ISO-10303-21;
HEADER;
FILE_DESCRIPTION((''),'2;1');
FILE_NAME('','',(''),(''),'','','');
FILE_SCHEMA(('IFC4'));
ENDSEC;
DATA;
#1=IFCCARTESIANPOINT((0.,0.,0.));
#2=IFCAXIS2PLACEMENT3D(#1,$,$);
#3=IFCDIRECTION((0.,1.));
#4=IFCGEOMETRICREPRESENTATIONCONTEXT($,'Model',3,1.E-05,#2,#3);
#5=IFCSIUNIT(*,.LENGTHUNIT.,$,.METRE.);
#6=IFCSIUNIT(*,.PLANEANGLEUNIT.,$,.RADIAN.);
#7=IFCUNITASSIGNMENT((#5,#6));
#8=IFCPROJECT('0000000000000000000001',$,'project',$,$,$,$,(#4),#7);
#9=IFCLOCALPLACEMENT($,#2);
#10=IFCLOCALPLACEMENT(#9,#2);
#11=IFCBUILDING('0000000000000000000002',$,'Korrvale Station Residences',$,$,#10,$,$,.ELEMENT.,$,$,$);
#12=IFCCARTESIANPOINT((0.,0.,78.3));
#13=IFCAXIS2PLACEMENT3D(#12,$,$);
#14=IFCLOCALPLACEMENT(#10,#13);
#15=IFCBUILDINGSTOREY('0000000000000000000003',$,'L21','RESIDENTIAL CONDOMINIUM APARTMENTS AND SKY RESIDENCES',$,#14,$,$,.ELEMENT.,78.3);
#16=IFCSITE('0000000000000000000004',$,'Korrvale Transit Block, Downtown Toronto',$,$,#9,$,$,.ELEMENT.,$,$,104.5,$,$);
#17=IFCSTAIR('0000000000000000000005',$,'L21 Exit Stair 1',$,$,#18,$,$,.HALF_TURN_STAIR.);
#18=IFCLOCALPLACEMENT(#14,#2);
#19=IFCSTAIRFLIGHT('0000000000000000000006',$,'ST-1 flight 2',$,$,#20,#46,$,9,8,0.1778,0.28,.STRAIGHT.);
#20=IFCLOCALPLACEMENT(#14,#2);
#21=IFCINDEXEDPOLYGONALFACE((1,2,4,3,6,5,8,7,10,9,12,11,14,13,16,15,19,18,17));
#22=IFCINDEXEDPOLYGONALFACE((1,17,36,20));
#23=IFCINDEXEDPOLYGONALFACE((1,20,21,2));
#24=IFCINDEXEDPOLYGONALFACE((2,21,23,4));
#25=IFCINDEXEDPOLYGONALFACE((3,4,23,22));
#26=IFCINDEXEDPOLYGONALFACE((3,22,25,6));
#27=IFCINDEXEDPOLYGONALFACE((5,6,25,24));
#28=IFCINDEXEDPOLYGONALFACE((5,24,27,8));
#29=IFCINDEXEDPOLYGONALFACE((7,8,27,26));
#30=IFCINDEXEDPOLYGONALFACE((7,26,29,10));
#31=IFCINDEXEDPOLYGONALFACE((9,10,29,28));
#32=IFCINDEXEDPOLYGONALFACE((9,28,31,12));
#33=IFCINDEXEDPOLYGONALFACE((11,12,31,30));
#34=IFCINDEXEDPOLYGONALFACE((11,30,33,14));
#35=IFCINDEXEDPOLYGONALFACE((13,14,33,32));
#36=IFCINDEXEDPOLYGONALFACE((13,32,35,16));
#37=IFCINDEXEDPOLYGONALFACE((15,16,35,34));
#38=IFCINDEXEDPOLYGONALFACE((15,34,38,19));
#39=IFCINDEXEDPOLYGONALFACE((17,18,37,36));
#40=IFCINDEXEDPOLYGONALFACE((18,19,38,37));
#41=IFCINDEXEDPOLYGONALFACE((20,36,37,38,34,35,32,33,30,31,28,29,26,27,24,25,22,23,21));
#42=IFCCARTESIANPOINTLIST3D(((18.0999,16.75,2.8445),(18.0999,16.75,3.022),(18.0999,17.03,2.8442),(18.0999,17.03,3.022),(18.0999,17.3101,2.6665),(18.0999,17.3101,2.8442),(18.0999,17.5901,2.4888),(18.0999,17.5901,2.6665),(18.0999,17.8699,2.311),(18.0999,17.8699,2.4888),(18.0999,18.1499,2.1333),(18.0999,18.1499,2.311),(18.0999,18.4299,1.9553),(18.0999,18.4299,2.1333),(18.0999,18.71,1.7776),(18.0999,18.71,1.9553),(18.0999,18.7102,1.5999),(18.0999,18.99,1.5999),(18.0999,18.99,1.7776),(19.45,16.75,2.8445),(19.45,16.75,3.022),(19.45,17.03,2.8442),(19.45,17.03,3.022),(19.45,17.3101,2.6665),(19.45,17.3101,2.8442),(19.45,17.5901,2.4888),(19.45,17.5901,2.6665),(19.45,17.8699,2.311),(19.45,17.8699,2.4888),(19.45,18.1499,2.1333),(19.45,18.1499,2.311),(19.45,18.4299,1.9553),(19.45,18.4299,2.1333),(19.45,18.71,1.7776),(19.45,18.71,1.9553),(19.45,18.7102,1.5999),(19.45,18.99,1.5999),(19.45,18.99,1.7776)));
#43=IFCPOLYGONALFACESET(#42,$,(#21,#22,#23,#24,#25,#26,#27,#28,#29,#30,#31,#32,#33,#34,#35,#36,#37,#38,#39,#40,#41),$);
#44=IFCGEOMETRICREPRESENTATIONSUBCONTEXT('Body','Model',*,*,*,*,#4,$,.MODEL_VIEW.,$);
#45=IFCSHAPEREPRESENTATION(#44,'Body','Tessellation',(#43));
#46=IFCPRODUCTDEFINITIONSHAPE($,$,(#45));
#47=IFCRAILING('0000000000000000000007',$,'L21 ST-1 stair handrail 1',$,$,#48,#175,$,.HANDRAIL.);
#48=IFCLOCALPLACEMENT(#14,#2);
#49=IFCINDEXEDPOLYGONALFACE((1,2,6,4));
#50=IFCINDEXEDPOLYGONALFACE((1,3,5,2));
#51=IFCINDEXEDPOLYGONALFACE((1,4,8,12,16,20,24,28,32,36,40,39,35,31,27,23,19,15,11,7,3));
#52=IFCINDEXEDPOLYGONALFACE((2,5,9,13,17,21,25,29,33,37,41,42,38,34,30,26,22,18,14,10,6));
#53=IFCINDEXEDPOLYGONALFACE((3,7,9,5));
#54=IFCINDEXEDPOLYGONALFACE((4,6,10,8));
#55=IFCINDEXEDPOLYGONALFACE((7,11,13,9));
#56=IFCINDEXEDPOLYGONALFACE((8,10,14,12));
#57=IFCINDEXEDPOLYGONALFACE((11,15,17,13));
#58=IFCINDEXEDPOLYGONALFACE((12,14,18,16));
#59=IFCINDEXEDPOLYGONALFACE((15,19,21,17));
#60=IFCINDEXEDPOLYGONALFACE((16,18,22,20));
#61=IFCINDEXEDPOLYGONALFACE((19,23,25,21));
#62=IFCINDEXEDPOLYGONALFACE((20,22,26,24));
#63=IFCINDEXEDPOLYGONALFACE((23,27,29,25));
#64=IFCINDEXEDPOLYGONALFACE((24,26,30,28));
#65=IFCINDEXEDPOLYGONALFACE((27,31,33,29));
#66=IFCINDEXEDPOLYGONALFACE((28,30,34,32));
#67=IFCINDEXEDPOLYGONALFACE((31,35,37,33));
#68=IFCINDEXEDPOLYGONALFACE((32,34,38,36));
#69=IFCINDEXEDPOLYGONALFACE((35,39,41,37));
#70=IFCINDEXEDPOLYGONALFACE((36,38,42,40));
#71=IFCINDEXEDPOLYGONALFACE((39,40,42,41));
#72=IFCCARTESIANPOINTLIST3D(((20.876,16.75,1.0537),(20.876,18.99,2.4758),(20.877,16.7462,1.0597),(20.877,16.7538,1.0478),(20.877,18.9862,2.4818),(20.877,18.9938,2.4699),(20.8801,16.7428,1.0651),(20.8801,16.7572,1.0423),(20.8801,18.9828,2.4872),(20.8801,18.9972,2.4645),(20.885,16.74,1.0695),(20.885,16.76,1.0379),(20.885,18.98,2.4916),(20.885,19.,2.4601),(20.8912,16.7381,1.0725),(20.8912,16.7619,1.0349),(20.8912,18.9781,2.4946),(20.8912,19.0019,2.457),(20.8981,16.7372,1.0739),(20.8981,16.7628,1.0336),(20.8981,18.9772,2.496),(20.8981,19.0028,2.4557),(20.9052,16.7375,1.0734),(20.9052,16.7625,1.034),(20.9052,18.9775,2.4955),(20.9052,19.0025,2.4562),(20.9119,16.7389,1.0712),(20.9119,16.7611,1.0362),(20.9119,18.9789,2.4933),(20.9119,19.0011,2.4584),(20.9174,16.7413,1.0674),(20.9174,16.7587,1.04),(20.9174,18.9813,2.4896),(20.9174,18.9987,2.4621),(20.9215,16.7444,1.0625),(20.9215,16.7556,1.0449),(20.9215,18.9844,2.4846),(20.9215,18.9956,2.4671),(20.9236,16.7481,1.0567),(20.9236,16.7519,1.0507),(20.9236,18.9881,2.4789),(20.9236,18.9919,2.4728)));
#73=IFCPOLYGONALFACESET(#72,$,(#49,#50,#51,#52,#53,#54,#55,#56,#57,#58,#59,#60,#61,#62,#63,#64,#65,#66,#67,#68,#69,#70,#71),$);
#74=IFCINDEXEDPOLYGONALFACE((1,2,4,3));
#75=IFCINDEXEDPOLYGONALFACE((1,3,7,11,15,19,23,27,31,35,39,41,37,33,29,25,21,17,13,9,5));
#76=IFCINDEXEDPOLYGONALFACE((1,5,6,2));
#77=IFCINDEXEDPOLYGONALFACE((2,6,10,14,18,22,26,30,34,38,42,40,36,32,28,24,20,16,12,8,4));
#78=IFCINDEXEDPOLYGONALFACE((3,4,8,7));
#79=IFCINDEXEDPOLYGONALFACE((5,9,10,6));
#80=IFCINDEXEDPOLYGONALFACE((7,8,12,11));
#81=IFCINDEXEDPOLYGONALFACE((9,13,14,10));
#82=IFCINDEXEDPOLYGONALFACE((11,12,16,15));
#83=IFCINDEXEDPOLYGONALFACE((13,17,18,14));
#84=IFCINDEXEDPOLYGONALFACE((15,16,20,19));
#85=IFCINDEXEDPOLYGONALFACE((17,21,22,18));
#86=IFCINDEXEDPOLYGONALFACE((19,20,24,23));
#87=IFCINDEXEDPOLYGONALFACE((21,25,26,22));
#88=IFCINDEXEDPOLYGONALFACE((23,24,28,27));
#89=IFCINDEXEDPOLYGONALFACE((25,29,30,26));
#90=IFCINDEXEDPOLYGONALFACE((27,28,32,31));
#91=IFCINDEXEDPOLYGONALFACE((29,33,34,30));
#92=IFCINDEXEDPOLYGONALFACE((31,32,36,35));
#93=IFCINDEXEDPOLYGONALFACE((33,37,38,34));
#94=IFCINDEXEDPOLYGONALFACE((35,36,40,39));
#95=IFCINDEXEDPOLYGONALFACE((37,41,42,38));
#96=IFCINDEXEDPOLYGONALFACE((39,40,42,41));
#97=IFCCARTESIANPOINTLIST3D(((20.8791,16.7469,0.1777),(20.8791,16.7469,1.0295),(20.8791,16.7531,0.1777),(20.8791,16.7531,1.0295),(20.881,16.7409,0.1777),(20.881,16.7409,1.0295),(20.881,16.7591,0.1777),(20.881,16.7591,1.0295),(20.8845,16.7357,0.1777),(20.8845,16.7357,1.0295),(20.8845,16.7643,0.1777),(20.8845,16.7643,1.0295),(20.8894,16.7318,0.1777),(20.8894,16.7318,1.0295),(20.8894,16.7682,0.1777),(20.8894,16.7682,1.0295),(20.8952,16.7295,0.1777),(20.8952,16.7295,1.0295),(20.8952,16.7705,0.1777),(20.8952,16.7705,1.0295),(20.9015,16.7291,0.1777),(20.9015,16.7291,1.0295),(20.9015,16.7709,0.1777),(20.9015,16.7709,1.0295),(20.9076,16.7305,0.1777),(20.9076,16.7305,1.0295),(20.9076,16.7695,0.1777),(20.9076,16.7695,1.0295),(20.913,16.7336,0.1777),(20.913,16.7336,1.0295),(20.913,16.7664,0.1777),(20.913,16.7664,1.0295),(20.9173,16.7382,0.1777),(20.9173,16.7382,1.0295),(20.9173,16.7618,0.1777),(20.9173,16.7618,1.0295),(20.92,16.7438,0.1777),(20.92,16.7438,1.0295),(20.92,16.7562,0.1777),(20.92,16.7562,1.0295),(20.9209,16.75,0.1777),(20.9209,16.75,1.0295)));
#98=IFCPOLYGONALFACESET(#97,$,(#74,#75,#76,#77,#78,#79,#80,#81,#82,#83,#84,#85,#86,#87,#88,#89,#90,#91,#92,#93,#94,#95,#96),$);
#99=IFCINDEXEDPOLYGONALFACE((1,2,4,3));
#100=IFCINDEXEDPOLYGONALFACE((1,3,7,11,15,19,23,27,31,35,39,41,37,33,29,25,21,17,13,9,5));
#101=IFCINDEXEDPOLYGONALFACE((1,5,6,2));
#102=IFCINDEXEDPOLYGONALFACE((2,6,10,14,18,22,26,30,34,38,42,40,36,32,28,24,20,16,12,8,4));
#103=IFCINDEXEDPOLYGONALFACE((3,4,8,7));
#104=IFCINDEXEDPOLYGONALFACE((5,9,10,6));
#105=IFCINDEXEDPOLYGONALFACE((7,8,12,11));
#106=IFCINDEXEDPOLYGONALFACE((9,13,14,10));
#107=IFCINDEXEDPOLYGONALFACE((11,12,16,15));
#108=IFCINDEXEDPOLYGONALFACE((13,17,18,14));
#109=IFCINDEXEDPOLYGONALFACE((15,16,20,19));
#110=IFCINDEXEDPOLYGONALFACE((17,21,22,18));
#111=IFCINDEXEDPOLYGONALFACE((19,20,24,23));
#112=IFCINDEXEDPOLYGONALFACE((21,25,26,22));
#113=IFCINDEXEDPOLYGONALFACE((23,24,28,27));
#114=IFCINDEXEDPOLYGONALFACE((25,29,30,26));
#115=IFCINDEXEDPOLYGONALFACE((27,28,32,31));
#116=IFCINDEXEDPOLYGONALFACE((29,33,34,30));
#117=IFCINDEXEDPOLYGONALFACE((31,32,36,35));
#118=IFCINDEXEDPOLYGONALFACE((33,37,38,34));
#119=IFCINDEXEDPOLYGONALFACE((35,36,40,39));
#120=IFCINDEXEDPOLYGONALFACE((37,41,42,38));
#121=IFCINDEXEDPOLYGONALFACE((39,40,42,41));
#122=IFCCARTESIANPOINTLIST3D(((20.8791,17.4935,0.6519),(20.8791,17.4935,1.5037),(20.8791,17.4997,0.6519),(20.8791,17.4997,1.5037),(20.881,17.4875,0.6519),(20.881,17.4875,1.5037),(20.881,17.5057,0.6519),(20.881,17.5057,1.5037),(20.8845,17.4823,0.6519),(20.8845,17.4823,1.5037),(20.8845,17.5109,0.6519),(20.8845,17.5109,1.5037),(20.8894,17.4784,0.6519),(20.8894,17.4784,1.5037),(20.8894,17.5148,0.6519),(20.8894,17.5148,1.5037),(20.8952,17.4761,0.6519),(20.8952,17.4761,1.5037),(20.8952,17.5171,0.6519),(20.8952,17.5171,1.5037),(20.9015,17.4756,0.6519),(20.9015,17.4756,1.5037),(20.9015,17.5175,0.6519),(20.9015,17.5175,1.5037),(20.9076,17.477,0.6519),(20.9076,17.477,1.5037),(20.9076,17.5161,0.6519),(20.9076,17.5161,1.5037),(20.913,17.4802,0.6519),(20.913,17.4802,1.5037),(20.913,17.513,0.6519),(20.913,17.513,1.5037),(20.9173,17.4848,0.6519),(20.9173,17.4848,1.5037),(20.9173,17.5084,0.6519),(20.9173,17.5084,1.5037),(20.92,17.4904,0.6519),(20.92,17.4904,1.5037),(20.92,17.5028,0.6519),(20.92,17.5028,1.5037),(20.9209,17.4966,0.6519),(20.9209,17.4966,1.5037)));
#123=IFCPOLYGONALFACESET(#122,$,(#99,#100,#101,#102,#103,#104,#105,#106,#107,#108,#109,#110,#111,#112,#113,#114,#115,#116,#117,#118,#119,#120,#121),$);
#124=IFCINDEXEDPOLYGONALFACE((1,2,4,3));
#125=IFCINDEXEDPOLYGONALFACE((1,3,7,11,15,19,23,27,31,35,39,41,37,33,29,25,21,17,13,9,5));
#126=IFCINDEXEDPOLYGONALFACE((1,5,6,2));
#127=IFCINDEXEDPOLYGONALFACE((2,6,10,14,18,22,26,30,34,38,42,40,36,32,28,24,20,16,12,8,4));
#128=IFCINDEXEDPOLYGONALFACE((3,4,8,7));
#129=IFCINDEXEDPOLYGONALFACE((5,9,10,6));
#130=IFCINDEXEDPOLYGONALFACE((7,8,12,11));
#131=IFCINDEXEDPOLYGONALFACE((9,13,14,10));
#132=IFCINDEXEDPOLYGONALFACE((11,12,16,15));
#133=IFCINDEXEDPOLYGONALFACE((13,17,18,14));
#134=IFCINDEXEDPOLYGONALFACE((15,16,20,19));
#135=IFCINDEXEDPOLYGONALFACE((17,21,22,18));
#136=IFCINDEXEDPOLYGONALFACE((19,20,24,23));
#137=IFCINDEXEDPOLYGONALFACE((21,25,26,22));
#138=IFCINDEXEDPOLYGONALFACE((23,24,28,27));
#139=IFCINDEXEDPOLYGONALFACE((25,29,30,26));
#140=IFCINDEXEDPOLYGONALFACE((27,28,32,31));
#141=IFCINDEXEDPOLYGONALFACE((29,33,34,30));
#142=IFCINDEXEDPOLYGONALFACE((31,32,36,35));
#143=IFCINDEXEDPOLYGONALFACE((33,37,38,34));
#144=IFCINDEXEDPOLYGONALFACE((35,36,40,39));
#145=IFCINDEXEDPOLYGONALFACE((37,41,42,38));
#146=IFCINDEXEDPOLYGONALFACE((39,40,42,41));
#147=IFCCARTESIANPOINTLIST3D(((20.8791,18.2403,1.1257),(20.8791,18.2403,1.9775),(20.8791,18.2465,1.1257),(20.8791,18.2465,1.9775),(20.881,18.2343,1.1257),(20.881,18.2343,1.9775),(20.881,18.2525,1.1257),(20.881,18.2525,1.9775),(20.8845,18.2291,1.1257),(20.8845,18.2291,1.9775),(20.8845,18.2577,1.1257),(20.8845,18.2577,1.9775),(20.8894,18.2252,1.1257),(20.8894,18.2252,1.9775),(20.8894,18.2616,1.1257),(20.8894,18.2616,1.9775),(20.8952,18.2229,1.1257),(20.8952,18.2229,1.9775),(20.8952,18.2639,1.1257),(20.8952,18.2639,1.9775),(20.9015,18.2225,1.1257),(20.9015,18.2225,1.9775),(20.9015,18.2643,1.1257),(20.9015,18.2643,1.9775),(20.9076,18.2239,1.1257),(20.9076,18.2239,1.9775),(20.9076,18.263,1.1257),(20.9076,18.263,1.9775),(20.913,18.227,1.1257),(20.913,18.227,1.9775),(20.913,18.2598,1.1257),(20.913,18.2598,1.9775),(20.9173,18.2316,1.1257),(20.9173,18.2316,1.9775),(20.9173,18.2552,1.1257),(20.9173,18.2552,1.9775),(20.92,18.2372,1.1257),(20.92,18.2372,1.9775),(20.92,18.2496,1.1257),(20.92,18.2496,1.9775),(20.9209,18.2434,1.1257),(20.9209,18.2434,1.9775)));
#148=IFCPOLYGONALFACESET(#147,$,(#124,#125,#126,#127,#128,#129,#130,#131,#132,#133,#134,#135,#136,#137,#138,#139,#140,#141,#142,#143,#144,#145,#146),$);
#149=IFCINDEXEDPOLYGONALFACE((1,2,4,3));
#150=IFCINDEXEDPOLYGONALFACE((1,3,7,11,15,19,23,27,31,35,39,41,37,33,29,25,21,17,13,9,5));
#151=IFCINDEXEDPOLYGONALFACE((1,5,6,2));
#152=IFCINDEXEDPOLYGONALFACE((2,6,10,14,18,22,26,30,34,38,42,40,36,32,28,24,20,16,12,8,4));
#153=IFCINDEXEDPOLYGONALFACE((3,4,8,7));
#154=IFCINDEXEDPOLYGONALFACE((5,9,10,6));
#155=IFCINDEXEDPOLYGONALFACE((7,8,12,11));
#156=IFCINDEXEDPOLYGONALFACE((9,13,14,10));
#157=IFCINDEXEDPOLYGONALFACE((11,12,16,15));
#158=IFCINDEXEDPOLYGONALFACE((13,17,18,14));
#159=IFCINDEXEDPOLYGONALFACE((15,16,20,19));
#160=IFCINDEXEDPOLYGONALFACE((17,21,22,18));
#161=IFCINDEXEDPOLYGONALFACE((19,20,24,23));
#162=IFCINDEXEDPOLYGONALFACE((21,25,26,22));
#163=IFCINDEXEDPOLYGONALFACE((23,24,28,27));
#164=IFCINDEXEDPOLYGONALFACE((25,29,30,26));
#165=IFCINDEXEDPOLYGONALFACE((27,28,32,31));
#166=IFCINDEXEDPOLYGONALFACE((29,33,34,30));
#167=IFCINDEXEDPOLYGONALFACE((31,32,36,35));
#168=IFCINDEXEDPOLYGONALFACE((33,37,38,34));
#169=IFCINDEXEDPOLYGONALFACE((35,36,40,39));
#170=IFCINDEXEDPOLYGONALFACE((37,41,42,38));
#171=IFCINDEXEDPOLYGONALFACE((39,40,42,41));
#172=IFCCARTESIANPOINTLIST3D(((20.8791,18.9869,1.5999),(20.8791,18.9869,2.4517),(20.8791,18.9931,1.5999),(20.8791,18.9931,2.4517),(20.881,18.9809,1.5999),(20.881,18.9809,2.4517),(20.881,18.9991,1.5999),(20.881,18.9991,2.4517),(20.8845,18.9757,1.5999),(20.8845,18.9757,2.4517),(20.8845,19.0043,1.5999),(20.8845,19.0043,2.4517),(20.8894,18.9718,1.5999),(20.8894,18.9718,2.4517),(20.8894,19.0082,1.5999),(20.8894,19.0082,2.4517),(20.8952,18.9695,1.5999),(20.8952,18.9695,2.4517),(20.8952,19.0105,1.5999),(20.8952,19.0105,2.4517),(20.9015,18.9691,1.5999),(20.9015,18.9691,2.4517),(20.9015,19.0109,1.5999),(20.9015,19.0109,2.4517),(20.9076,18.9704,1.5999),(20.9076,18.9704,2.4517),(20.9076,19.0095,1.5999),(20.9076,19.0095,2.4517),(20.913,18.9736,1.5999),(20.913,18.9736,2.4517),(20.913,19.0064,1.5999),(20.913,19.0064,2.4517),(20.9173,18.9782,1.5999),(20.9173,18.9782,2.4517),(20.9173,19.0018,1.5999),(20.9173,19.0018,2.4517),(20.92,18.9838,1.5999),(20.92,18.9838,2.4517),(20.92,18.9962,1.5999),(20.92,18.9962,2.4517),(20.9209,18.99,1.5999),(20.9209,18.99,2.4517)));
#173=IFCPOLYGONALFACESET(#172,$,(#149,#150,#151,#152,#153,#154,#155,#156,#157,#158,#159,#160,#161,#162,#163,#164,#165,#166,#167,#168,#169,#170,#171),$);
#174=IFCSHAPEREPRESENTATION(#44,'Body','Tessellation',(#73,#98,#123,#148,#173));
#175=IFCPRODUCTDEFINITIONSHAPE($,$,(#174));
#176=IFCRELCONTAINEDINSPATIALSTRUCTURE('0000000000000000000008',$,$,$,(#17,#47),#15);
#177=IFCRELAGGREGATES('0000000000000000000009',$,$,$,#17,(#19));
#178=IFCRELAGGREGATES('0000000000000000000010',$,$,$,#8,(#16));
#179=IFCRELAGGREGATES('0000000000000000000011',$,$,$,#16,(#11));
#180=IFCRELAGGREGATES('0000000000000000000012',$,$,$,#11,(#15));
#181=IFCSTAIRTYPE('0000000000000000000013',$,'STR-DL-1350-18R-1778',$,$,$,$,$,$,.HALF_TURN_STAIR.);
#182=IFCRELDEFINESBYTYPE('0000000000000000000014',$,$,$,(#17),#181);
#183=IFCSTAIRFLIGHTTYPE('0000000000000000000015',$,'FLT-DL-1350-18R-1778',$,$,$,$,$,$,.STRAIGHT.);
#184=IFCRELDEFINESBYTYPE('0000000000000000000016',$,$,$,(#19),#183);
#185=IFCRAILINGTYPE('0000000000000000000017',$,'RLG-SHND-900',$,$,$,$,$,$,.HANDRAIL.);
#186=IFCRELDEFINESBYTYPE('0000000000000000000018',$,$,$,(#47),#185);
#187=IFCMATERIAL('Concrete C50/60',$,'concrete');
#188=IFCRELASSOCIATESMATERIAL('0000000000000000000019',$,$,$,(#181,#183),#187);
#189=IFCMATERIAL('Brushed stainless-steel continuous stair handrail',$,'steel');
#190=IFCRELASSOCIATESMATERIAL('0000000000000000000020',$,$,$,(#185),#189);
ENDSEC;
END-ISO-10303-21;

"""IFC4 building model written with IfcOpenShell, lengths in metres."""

from ifc_helpers import new_model, si_unit, direction, frame, origin, origin_2d, place, context, subcontext, project, spatial, polyline, circle, outline, extrude, material, type_object, element, aggregate, save


model = new_model("IFC4")

# Units and contexts
model_context = context("Model", 3, precision=1e-05, world=origin(), true_north=direction((0.0, 1.0)))
body_context = subcontext(model_context, "Body", "Model", "MODEL_VIEW")
ifc_project = project(units=[si_unit("LENGTHUNIT", "METRE"), si_unit("PLANEANGLEUNIT", "RADIAN")], contexts=[model_context])

# Site, building, storey
site_placement = place(None, origin())
site = spatial("IfcSite", under=ifc_project, at=site_placement, Name="Korrvale Transit Block, Downtown Toronto", CompositionType="ELEMENT", RefElevation=104.5)
building_placement = place(site_placement, origin())
building = spatial("IfcBuilding", under=site, at=building_placement, Name="Korrvale Station Residences", CompositionType="ELEMENT")
storey_placement = place(building_placement, frame((0.0, 0.0, 78.3)))
storey = spatial("IfcBuildingStorey", under=building, at=storey_placement, Name="L21", Description="RESIDENTIAL CONDOMINIUM APARTMENTS AND SKY RESIDENCES", CompositionType="ELEMENT", Elevation=78.3)

# Stair, stair flight
ifc_material_1 = material(Name="Concrete C50/60", Category="concrete")
stair_type = type_object("IfcStairType", Name="STR-DL-1350-18R-1778", PredefinedType="HALF_TURN_STAIR", material=ifc_material_1)
stair_placement = place(storey_placement, origin())
stair = element("IfcStair", 1, at=stair_placement, inside=storey, type_object=stair_type, Name="L21 Exit Stair 1", PredefinedType="HALF_TURN_STAIR")
stair_flight_type = type_object("IfcStairFlightType", Name="FLT-DL-1350-18R-1778", PredefinedType="STRAIGHT", material=ifc_material_1)
stair_flight_1_placement = place(storey_placement, frame((18.7749, 18.99, 1.5999), z_axis=(0.0, 0.0, 1.0), x_axis=(0.0, -1.0, 0.0)))
stair_flight_1 = element("IfcStairFlight", 2, at=stair_flight_1_placement, type_object=stair_flight_type, Name="ST-1 flight 2", NumberOfRisers=9, NumberOfTreads=8, PredefinedType="STRAIGHT", RiserHeight=0.1778, TreadLength=0.28, context=body_context, shape_type="SweptSolid", body=[
    extrude(outline(polyline([(0.0, 0.0), (0.0, 0.1777), (0.28, 0.1777), (0.28, 0.3555), (0.5601, 0.3555), (0.5601, 0.5334), (0.8401, 0.5334), (0.8401, 0.7112), (1.1201, 0.7112), (1.1201, 0.8889), (1.3999, 0.8889), (1.3999, 1.0667), (1.6799, 1.0667), (1.6799, 1.2444), (1.96, 1.2444), (1.96, 1.4221), (2.24, 1.4221), (2.24, 1.6001), (2.24, 1.2446), (0.2798, 0.0), (0.0, 0.0)])), frame((0.0, 0.675, 0.0), z_axis=(0.0, -1.0, 0.0), x_axis=(1.0, 0.0, 0.0)), (0.0, 0.0, 1.0), 1.3501),
])
aggregate(stair, [stair_flight_1])

# Railing
ifc_material_2 = material(Name="Brushed stainless-steel continuous stair handrail", Category="steel")
railing_type_1 = type_object("IfcRailingType", Name="RLG-SHND-900", PredefinedType="HANDRAIL", material=ifc_material_2)
railing_1_placement = place(storey_placement, frame((20.8999, 16.75, 0.1777)))
element("IfcRailing", 3, at=railing_1_placement, inside=storey, type_object=railing_type_1, Name="L21 ST-1 stair handrail 1", PredefinedType="HANDRAIL", context=body_context, shape_type="SweptSolid", body=[
    extrude(circle(Radius=0.0239, at=origin_2d()), frame((0.0, 0.0, 0.876), z_axis=(0.0, 0.844229, 0.535982), x_axis=(-1.0, 0.0, 0.0)), (0.0, 0.0, 1.0), 2.6533),
    extrude(circle(Radius=0.021, at=origin_2d()), origin(), (0.0, 0.0, 1.0), 0.8518),
    extrude(circle(Radius=0.021, at=origin_2d()), frame((0.0, 0.7466, 0.4741)), (0.0, 0.0, 1.0), 0.8518),
    extrude(circle(Radius=0.021, at=origin_2d()), frame((0.0, 1.4934, 0.948)), (0.0, 0.0, 1.0), 0.8518),
    extrude(circle(Radius=0.021, at=origin_2d()), frame((0.0, 2.24, 1.4221)), (0.0, 0.0, 1.0), 0.8518),
])

save(model, "model.ifc")
